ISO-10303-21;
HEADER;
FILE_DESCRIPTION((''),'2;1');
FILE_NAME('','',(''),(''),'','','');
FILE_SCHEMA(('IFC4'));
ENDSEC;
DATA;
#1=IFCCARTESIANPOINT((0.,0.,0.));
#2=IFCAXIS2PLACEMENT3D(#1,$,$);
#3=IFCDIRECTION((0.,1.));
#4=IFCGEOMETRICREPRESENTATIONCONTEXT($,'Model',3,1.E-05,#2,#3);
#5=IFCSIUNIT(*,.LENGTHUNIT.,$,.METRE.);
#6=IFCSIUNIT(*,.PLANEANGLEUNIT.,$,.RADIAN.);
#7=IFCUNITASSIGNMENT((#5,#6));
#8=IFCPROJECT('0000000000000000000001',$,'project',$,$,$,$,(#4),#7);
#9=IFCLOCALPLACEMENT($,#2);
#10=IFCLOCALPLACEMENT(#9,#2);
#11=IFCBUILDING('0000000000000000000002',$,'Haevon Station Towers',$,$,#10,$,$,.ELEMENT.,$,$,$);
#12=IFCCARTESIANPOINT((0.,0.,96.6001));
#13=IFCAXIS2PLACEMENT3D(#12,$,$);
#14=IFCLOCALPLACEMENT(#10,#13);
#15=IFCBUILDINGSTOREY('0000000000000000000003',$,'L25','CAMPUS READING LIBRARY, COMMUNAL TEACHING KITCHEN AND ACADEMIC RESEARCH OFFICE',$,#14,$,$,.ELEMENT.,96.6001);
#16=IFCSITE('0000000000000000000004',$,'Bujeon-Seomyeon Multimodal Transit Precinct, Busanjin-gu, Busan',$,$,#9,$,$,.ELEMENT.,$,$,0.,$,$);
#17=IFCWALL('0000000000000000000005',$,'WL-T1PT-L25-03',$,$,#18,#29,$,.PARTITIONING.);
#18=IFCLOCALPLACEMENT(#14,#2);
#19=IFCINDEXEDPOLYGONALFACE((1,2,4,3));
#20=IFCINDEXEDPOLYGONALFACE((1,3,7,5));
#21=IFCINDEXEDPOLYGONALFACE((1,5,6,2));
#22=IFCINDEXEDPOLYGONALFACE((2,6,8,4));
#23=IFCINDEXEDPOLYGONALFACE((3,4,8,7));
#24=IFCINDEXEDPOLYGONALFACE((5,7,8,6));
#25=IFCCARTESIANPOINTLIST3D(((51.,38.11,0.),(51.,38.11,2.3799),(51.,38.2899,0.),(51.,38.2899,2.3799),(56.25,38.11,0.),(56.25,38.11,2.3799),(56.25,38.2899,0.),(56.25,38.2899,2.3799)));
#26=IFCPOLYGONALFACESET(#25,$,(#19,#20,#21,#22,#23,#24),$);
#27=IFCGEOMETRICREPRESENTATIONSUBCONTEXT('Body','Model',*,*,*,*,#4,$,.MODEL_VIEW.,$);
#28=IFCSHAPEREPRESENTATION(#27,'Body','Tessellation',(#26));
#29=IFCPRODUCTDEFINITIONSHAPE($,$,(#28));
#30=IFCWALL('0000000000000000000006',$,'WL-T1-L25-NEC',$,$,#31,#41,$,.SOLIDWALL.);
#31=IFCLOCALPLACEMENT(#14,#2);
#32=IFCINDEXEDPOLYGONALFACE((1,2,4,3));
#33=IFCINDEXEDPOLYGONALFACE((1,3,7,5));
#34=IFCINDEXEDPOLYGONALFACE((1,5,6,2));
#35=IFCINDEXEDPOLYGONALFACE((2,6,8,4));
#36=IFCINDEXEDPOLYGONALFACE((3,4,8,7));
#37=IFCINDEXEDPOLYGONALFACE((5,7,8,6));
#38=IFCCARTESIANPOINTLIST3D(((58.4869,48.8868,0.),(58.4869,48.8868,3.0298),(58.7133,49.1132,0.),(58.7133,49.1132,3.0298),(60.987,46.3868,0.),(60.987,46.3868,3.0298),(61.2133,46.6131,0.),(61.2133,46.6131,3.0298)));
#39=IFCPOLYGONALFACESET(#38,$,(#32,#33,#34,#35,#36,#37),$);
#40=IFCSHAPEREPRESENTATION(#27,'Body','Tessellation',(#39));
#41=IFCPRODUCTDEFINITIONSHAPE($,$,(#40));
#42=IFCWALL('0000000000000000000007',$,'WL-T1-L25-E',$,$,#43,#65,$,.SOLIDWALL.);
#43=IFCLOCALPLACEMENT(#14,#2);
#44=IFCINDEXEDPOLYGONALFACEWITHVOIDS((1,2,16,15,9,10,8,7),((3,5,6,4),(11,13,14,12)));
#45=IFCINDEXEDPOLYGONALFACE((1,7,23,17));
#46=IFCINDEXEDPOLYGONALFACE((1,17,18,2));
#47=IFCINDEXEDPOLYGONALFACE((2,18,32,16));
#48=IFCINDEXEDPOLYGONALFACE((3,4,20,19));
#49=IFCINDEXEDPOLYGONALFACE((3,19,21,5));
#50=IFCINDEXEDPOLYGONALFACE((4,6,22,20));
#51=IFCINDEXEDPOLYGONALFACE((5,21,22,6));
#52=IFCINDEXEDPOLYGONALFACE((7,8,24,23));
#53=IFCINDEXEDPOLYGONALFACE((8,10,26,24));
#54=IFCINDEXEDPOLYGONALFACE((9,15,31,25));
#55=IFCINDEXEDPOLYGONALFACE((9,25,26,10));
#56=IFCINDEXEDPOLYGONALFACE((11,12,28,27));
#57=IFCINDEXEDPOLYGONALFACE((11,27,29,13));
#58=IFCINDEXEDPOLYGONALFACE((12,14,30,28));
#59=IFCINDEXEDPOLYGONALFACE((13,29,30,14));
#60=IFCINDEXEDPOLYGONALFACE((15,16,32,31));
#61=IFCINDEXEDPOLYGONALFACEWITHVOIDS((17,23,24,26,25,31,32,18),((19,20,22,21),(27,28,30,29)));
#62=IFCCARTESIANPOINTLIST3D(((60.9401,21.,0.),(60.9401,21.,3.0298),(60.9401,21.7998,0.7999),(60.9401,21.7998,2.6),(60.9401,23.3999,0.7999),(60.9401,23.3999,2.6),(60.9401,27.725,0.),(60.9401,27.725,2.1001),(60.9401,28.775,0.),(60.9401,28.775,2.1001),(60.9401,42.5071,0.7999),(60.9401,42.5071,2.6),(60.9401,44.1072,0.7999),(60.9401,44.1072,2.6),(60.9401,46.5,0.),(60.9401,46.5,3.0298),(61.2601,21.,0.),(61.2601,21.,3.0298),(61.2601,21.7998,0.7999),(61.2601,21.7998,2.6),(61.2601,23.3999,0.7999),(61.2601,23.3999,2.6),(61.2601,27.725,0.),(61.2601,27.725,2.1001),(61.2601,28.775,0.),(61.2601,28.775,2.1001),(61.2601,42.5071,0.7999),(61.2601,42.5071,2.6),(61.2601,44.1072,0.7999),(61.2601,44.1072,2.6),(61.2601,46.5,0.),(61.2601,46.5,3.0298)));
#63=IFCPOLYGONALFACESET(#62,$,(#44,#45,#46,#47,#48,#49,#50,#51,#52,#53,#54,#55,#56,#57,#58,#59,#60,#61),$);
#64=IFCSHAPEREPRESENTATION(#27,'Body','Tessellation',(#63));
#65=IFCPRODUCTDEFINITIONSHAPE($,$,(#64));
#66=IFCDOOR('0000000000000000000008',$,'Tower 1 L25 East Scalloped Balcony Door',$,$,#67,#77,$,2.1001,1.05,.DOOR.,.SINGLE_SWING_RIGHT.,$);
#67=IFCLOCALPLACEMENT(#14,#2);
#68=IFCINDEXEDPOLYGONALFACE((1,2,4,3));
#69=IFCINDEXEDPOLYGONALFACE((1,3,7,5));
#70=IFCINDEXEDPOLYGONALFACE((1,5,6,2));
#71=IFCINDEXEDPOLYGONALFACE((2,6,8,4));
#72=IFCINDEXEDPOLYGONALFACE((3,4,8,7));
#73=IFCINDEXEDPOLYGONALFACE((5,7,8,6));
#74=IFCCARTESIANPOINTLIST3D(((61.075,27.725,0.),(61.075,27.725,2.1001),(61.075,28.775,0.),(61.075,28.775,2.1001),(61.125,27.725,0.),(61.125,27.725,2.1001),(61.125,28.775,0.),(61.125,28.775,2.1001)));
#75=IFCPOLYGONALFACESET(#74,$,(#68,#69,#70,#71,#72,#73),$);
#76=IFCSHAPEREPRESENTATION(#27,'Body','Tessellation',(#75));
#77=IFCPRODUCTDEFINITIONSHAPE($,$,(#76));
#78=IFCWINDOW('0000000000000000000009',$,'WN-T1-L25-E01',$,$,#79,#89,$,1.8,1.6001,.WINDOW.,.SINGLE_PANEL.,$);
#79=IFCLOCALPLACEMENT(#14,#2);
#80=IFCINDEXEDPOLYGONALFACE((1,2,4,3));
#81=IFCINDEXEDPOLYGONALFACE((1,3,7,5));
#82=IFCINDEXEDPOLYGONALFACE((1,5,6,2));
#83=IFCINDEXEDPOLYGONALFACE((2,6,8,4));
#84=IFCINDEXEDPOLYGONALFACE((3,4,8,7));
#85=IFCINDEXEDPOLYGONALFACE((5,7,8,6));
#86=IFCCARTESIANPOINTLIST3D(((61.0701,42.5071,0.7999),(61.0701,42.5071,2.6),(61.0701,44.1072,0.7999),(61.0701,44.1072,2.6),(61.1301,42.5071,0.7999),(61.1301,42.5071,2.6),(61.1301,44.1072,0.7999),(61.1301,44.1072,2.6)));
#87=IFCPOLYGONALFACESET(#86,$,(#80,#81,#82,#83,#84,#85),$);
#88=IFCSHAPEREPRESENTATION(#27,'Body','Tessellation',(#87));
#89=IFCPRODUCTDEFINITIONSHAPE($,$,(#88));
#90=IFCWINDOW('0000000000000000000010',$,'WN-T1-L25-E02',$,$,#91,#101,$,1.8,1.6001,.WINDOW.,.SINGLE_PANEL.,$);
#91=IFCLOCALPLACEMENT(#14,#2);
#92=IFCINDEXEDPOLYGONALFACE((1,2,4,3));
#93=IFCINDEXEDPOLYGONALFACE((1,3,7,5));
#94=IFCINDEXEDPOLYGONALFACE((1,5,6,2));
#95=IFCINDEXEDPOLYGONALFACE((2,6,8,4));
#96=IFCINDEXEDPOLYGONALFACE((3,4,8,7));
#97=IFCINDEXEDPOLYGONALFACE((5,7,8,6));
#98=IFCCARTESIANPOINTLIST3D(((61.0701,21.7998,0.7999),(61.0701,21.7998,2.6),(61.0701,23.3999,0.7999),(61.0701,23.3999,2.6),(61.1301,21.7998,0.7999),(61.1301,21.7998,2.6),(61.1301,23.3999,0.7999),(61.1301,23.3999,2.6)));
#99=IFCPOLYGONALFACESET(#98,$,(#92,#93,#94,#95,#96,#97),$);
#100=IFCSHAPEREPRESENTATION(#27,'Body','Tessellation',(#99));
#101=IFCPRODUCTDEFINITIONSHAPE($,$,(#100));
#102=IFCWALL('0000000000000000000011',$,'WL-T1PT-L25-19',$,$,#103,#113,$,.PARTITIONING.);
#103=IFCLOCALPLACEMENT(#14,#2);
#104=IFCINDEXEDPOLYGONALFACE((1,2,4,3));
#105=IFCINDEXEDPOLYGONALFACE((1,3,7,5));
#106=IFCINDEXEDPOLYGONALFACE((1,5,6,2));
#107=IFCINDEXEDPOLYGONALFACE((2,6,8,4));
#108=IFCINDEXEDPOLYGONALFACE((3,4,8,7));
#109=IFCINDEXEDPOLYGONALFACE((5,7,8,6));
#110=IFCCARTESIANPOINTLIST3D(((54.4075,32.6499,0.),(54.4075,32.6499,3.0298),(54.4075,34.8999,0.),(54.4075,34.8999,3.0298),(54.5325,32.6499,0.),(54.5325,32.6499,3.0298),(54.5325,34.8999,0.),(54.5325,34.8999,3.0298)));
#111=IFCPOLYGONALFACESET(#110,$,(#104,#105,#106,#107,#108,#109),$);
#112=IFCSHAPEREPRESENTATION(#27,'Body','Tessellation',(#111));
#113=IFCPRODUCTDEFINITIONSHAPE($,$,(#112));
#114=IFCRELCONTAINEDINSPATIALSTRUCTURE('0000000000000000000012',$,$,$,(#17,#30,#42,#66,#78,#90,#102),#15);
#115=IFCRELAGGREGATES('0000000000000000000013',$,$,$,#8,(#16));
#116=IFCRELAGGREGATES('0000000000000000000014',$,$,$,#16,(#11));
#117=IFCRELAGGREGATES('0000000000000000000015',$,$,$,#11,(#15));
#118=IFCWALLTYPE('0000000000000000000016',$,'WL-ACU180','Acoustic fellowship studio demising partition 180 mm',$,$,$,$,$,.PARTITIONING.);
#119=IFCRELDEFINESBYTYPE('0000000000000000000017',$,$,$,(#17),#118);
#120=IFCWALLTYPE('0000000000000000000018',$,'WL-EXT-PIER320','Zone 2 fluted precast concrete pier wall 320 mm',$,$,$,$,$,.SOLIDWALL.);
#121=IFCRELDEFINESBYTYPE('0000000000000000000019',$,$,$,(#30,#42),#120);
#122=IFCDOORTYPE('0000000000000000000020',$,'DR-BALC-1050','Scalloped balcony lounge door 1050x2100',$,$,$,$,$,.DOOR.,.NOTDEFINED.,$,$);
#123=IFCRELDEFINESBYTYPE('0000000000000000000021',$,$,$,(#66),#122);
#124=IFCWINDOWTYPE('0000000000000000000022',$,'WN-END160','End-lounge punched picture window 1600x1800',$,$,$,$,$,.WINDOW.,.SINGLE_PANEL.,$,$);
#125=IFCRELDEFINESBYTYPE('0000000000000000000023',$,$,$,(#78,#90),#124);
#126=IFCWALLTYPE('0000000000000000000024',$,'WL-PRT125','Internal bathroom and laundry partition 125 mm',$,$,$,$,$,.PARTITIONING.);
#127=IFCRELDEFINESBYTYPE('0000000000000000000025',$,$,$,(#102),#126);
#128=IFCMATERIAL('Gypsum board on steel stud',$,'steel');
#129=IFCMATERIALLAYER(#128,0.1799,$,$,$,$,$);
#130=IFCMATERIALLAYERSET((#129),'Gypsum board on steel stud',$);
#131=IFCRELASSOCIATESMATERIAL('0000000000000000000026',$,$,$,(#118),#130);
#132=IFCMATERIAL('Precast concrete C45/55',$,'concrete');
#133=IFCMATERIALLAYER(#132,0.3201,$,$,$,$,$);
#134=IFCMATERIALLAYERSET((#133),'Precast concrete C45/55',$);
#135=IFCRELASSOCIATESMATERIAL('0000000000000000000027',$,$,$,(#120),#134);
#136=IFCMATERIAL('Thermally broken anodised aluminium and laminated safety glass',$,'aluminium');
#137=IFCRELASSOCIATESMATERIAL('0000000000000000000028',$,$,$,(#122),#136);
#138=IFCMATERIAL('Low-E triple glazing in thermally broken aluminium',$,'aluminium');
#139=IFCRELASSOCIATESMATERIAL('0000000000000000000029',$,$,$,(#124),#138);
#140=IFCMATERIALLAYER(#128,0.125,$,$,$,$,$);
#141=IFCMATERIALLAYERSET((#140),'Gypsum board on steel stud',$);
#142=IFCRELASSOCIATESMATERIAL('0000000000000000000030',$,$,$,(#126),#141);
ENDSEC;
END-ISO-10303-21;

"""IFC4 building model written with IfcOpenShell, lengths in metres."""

from ifc_helpers import new_model, si_unit, direction, frame, frame_2d, origin, place, context, subcontext, project, spatial, rectangle, extrude, material, layer, layer_set, type_object, element, fill, save


model = new_model("IFC4")

# Units and contexts
model_context = context("Model", 3, precision=1e-05, world=origin(), true_north=direction((0.0, 1.0)))
body_context = subcontext(model_context, "Body", "Model", "MODEL_VIEW")
ifc_project = project(units=[si_unit("LENGTHUNIT", "METRE"), si_unit("PLANEANGLEUNIT", "RADIAN")], contexts=[model_context])

# Site, building, storey
site_placement = place(None, origin())
site = spatial("IfcSite", under=ifc_project, at=site_placement, Name="Bujeon-Seomyeon Multimodal Transit Precinct, Busanjin-gu, Busan", CompositionType="ELEMENT", RefElevation=0.0)
building_placement = place(site_placement, origin())
building = spatial("IfcBuilding", under=site, at=building_placement, Name="Haevon Station Towers", CompositionType="ELEMENT")
storey_placement = place(building_placement, frame((0.0, 0.0, 96.6001)))
storey = spatial("IfcBuildingStorey", under=building, at=storey_placement, Name="L25", Description="CAMPUS READING LIBRARY, COMMUNAL TEACHING KITCHEN AND ACADEMIC RESEARCH OFFICE", CompositionType="ELEMENT", Elevation=96.6001)

# Walls
ifc_material_1 = material(Name="Gypsum board on steel stud", Category="steel")
ifc_layer_1 = layer(ifc_material_1, 0.1799)
ifc_layer_set_1 = layer_set([ifc_layer_1], Name="Gypsum board on steel stud")
wall_type_1 = type_object("IfcWallType", Name="WL-ACU180", Description="Acoustic fellowship studio demising partition 180 mm", PredefinedType="PARTITIONING", material=ifc_layer_set_1)
wall_1_placement = place(storey_placement, frame((51.0, 38.2, 0.0), z_axis=(0.0, 0.0, 1.0), x_axis=(1.0, 0.0, 0.0)))
element("IfcWall", 1, at=wall_1_placement, inside=storey, type_object=wall_type_1, Name="WL-T1PT-L25-03", PredefinedType="PARTITIONING", context=body_context, shape_type="SweptSolid", body=[
    extrude(rectangle(XDim=5.25, YDim=0.1799, at=frame_2d((2.625, 0.0))), origin(), (0.0, 0.0, 1.0), 2.3799),
])
ifc_material_2 = material(Name="Precast concrete C45/55", Category="concrete")
ifc_layer_2 = layer(ifc_material_2, 0.3201)
ifc_layer_set_2 = layer_set([ifc_layer_2], Name="Precast concrete C45/55")
wall_type_2 = type_object("IfcWallType", Name="WL-EXT-PIER320", Description="Zone 2 fluted precast concrete pier wall 320 mm", PredefinedType="SOLIDWALL", material=ifc_layer_set_2)
wall_2_placement = place(storey_placement, frame((58.6001, 49.0, 0.0), z_axis=(0.0, 0.0, 1.0), x_axis=(0.707107, -0.707107, 0.0)))
element("IfcWall", 2, at=wall_2_placement, inside=storey, type_object=wall_type_2, Name="WL-T1-L25-NEC", PredefinedType="SOLIDWALL", context=body_context, shape_type="SweptSolid", body=[
    extrude(rectangle(XDim=3.5356, YDim=0.3201, at=frame_2d((1.7678, 0.0))), origin(), (0.0, 0.0, 1.0), 3.0298),
])

# Wall, openings, door, windows
wall_3_placement = place(storey_placement, frame((61.1001, 46.5, 0.0), z_axis=(0.0, 0.0, 1.0), x_axis=(0.0, -1.0, 0.0)))
wall_3 = element("IfcWall", 3, at=wall_3_placement, inside=storey, type_object=wall_type_2, Name="WL-T1-L25-E", PredefinedType="SOLIDWALL", context=body_context, shape_type="SweptSolid", body=[
    extrude(rectangle(XDim=25.5, YDim=0.3201, at=frame_2d((12.75, 0.0))), origin(), (0.0, 0.0, 1.0), 3.0298),
])
opening_1_placement = place(wall_3_placement, frame((17.7251, 0.0, 0.0)))
opening_1 = element("IfcOpeningElement", 4, at=opening_1_placement, cuts=wall_3, PredefinedType="OPENING", context=body_context, shape_type="SweptSolid", body=[
    extrude(rectangle(XDim=1.05, YDim=2.1001, at=frame_2d((0.5249, 1.05))), frame((0.0, 0.1699, 0.0), z_axis=(0.0, -1.0, 0.0), x_axis=(1.0, 0.0, 0.0)), (0.0, 0.0, 1.0), 0.3401),
])
opening_2_placement = place(wall_3_placement, frame((2.3928, 0.0, 0.8)))
opening_2 = element("IfcOpeningElement", 5, at=opening_2_placement, cuts=wall_3, PredefinedType="OPENING", context=body_context, shape_type="SweptSolid", body=[
    extrude(rectangle(XDim=1.6001, YDim=1.8, at=frame_2d((0.8, 0.8999))), frame((0.0, 0.1699, 0.0), z_axis=(0.0, -1.0, 0.0), x_axis=(1.0, 0.0, 0.0)), (0.0, 0.0, 1.0), 0.3401),
])
opening_3_placement = place(wall_3_placement, frame((23.1001, 0.0, 0.8)))
opening_3 = element("IfcOpeningElement", 6, at=opening_3_placement, cuts=wall_3, PredefinedType="OPENING", context=body_context, shape_type="SweptSolid", body=[
    extrude(rectangle(XDim=1.6001, YDim=1.8, at=frame_2d((0.8, 0.8999))), frame((0.0, 0.1699, 0.0), z_axis=(0.0, -1.0, 0.0), x_axis=(1.0, 0.0, 0.0)), (0.0, 0.0, 1.0), 0.3401),
])
ifc_material_3 = material(Name="Thermally broken anodised aluminium and laminated safety glass", Category="aluminium")
door_type = type_object("IfcDoorType", Name="DR-BALC-1050", Description="Scalloped balcony lounge door 1050x2100", OperationType="NOTDEFINED", PredefinedType="DOOR", material=ifc_material_3)
door_placement = place(opening_1_placement, origin())
door = element("IfcDoor", 7, at=door_placement, inside=storey, type_object=door_type, Name="Tower 1 L25 East Scalloped Balcony Door", OperationType="SINGLE_SWING_RIGHT", OverallHeight=2.1001, OverallWidth=1.05, PredefinedType="DOOR", context=body_context, shape_type="SweptSolid", body=[
    extrude(rectangle(XDim=1.05, YDim=2.1001, at=frame_2d((0.5249, 1.05))), frame((0.0, 0.0249, 0.0), z_axis=(0.0, -1.0, 0.0), x_axis=(1.0, 0.0, 0.0)), (0.0, 0.0, 1.0), 0.05),
])
fill(opening_1, door)
ifc_material_4 = material(Name="Low-E triple glazing in thermally broken aluminium", Category="aluminium")
window_type = type_object("IfcWindowType", Name="WN-END160", Description="End-lounge punched picture window 1600x1800", PartitioningType="SINGLE_PANEL", PredefinedType="WINDOW", material=ifc_material_4)
window_1_placement = place(opening_2_placement, origin())
window_1 = element("IfcWindow", 8, at=window_1_placement, inside=storey, type_object=window_type, Name="WN-T1-L25-E01", OverallHeight=1.8, OverallWidth=1.6001, PartitioningType="SINGLE_PANEL", PredefinedType="WINDOW", context=body_context, shape_type="SweptSolid", body=[
    extrude(rectangle(XDim=1.6001, YDim=1.8, at=frame_2d((0.8, 0.8999))), frame((0.0, 0.03, 0.0), z_axis=(0.0, -1.0, 0.0), x_axis=(1.0, 0.0, 0.0)), (0.0, 0.0, 1.0), 0.0601),
])
fill(opening_2, window_1)
window_2_placement = place(opening_3_placement, origin())
window_2 = element("IfcWindow", 9, at=window_2_placement, inside=storey, type_object=window_type, Name="WN-T1-L25-E02", OverallHeight=1.8, OverallWidth=1.6001, PartitioningType="SINGLE_PANEL", PredefinedType="WINDOW", context=body_context, shape_type="SweptSolid", body=[
    extrude(rectangle(XDim=1.6001, YDim=1.8, at=frame_2d((0.8, 0.8999))), frame((0.0, 0.03, 0.0), z_axis=(0.0, -1.0, 0.0), x_axis=(1.0, 0.0, 0.0)), (0.0, 0.0, 1.0), 0.0601),
])
fill(opening_3, window_2)

# Wall
ifc_layer_3 = layer(ifc_material_1, 0.125)
ifc_layer_set_3 = layer_set([ifc_layer_3], Name="Gypsum board on steel stud")
wall_type_3 = type_object("IfcWallType", Name="WL-PRT125", Description="Internal bathroom and laundry partition 125 mm", PredefinedType="PARTITIONING", material=ifc_layer_set_3)
wall_4_placement = place(storey_placement, frame((54.47, 32.6499, 0.0), z_axis=(0.0, 0.0, 1.0), x_axis=(0.0, 1.0, 0.0)))
element("IfcWall", 10, at=wall_4_placement, inside=storey, type_object=wall_type_3, Name="WL-T1PT-L25-19", PredefinedType="PARTITIONING", context=body_context, shape_type="SweptSolid", body=[
    extrude(rectangle(XDim=2.25, YDim=0.125, at=frame_2d((1.125, 0.0))), origin(), (0.0, 0.0, 1.0), 3.0298),
])

save(model, "model.ifc")
